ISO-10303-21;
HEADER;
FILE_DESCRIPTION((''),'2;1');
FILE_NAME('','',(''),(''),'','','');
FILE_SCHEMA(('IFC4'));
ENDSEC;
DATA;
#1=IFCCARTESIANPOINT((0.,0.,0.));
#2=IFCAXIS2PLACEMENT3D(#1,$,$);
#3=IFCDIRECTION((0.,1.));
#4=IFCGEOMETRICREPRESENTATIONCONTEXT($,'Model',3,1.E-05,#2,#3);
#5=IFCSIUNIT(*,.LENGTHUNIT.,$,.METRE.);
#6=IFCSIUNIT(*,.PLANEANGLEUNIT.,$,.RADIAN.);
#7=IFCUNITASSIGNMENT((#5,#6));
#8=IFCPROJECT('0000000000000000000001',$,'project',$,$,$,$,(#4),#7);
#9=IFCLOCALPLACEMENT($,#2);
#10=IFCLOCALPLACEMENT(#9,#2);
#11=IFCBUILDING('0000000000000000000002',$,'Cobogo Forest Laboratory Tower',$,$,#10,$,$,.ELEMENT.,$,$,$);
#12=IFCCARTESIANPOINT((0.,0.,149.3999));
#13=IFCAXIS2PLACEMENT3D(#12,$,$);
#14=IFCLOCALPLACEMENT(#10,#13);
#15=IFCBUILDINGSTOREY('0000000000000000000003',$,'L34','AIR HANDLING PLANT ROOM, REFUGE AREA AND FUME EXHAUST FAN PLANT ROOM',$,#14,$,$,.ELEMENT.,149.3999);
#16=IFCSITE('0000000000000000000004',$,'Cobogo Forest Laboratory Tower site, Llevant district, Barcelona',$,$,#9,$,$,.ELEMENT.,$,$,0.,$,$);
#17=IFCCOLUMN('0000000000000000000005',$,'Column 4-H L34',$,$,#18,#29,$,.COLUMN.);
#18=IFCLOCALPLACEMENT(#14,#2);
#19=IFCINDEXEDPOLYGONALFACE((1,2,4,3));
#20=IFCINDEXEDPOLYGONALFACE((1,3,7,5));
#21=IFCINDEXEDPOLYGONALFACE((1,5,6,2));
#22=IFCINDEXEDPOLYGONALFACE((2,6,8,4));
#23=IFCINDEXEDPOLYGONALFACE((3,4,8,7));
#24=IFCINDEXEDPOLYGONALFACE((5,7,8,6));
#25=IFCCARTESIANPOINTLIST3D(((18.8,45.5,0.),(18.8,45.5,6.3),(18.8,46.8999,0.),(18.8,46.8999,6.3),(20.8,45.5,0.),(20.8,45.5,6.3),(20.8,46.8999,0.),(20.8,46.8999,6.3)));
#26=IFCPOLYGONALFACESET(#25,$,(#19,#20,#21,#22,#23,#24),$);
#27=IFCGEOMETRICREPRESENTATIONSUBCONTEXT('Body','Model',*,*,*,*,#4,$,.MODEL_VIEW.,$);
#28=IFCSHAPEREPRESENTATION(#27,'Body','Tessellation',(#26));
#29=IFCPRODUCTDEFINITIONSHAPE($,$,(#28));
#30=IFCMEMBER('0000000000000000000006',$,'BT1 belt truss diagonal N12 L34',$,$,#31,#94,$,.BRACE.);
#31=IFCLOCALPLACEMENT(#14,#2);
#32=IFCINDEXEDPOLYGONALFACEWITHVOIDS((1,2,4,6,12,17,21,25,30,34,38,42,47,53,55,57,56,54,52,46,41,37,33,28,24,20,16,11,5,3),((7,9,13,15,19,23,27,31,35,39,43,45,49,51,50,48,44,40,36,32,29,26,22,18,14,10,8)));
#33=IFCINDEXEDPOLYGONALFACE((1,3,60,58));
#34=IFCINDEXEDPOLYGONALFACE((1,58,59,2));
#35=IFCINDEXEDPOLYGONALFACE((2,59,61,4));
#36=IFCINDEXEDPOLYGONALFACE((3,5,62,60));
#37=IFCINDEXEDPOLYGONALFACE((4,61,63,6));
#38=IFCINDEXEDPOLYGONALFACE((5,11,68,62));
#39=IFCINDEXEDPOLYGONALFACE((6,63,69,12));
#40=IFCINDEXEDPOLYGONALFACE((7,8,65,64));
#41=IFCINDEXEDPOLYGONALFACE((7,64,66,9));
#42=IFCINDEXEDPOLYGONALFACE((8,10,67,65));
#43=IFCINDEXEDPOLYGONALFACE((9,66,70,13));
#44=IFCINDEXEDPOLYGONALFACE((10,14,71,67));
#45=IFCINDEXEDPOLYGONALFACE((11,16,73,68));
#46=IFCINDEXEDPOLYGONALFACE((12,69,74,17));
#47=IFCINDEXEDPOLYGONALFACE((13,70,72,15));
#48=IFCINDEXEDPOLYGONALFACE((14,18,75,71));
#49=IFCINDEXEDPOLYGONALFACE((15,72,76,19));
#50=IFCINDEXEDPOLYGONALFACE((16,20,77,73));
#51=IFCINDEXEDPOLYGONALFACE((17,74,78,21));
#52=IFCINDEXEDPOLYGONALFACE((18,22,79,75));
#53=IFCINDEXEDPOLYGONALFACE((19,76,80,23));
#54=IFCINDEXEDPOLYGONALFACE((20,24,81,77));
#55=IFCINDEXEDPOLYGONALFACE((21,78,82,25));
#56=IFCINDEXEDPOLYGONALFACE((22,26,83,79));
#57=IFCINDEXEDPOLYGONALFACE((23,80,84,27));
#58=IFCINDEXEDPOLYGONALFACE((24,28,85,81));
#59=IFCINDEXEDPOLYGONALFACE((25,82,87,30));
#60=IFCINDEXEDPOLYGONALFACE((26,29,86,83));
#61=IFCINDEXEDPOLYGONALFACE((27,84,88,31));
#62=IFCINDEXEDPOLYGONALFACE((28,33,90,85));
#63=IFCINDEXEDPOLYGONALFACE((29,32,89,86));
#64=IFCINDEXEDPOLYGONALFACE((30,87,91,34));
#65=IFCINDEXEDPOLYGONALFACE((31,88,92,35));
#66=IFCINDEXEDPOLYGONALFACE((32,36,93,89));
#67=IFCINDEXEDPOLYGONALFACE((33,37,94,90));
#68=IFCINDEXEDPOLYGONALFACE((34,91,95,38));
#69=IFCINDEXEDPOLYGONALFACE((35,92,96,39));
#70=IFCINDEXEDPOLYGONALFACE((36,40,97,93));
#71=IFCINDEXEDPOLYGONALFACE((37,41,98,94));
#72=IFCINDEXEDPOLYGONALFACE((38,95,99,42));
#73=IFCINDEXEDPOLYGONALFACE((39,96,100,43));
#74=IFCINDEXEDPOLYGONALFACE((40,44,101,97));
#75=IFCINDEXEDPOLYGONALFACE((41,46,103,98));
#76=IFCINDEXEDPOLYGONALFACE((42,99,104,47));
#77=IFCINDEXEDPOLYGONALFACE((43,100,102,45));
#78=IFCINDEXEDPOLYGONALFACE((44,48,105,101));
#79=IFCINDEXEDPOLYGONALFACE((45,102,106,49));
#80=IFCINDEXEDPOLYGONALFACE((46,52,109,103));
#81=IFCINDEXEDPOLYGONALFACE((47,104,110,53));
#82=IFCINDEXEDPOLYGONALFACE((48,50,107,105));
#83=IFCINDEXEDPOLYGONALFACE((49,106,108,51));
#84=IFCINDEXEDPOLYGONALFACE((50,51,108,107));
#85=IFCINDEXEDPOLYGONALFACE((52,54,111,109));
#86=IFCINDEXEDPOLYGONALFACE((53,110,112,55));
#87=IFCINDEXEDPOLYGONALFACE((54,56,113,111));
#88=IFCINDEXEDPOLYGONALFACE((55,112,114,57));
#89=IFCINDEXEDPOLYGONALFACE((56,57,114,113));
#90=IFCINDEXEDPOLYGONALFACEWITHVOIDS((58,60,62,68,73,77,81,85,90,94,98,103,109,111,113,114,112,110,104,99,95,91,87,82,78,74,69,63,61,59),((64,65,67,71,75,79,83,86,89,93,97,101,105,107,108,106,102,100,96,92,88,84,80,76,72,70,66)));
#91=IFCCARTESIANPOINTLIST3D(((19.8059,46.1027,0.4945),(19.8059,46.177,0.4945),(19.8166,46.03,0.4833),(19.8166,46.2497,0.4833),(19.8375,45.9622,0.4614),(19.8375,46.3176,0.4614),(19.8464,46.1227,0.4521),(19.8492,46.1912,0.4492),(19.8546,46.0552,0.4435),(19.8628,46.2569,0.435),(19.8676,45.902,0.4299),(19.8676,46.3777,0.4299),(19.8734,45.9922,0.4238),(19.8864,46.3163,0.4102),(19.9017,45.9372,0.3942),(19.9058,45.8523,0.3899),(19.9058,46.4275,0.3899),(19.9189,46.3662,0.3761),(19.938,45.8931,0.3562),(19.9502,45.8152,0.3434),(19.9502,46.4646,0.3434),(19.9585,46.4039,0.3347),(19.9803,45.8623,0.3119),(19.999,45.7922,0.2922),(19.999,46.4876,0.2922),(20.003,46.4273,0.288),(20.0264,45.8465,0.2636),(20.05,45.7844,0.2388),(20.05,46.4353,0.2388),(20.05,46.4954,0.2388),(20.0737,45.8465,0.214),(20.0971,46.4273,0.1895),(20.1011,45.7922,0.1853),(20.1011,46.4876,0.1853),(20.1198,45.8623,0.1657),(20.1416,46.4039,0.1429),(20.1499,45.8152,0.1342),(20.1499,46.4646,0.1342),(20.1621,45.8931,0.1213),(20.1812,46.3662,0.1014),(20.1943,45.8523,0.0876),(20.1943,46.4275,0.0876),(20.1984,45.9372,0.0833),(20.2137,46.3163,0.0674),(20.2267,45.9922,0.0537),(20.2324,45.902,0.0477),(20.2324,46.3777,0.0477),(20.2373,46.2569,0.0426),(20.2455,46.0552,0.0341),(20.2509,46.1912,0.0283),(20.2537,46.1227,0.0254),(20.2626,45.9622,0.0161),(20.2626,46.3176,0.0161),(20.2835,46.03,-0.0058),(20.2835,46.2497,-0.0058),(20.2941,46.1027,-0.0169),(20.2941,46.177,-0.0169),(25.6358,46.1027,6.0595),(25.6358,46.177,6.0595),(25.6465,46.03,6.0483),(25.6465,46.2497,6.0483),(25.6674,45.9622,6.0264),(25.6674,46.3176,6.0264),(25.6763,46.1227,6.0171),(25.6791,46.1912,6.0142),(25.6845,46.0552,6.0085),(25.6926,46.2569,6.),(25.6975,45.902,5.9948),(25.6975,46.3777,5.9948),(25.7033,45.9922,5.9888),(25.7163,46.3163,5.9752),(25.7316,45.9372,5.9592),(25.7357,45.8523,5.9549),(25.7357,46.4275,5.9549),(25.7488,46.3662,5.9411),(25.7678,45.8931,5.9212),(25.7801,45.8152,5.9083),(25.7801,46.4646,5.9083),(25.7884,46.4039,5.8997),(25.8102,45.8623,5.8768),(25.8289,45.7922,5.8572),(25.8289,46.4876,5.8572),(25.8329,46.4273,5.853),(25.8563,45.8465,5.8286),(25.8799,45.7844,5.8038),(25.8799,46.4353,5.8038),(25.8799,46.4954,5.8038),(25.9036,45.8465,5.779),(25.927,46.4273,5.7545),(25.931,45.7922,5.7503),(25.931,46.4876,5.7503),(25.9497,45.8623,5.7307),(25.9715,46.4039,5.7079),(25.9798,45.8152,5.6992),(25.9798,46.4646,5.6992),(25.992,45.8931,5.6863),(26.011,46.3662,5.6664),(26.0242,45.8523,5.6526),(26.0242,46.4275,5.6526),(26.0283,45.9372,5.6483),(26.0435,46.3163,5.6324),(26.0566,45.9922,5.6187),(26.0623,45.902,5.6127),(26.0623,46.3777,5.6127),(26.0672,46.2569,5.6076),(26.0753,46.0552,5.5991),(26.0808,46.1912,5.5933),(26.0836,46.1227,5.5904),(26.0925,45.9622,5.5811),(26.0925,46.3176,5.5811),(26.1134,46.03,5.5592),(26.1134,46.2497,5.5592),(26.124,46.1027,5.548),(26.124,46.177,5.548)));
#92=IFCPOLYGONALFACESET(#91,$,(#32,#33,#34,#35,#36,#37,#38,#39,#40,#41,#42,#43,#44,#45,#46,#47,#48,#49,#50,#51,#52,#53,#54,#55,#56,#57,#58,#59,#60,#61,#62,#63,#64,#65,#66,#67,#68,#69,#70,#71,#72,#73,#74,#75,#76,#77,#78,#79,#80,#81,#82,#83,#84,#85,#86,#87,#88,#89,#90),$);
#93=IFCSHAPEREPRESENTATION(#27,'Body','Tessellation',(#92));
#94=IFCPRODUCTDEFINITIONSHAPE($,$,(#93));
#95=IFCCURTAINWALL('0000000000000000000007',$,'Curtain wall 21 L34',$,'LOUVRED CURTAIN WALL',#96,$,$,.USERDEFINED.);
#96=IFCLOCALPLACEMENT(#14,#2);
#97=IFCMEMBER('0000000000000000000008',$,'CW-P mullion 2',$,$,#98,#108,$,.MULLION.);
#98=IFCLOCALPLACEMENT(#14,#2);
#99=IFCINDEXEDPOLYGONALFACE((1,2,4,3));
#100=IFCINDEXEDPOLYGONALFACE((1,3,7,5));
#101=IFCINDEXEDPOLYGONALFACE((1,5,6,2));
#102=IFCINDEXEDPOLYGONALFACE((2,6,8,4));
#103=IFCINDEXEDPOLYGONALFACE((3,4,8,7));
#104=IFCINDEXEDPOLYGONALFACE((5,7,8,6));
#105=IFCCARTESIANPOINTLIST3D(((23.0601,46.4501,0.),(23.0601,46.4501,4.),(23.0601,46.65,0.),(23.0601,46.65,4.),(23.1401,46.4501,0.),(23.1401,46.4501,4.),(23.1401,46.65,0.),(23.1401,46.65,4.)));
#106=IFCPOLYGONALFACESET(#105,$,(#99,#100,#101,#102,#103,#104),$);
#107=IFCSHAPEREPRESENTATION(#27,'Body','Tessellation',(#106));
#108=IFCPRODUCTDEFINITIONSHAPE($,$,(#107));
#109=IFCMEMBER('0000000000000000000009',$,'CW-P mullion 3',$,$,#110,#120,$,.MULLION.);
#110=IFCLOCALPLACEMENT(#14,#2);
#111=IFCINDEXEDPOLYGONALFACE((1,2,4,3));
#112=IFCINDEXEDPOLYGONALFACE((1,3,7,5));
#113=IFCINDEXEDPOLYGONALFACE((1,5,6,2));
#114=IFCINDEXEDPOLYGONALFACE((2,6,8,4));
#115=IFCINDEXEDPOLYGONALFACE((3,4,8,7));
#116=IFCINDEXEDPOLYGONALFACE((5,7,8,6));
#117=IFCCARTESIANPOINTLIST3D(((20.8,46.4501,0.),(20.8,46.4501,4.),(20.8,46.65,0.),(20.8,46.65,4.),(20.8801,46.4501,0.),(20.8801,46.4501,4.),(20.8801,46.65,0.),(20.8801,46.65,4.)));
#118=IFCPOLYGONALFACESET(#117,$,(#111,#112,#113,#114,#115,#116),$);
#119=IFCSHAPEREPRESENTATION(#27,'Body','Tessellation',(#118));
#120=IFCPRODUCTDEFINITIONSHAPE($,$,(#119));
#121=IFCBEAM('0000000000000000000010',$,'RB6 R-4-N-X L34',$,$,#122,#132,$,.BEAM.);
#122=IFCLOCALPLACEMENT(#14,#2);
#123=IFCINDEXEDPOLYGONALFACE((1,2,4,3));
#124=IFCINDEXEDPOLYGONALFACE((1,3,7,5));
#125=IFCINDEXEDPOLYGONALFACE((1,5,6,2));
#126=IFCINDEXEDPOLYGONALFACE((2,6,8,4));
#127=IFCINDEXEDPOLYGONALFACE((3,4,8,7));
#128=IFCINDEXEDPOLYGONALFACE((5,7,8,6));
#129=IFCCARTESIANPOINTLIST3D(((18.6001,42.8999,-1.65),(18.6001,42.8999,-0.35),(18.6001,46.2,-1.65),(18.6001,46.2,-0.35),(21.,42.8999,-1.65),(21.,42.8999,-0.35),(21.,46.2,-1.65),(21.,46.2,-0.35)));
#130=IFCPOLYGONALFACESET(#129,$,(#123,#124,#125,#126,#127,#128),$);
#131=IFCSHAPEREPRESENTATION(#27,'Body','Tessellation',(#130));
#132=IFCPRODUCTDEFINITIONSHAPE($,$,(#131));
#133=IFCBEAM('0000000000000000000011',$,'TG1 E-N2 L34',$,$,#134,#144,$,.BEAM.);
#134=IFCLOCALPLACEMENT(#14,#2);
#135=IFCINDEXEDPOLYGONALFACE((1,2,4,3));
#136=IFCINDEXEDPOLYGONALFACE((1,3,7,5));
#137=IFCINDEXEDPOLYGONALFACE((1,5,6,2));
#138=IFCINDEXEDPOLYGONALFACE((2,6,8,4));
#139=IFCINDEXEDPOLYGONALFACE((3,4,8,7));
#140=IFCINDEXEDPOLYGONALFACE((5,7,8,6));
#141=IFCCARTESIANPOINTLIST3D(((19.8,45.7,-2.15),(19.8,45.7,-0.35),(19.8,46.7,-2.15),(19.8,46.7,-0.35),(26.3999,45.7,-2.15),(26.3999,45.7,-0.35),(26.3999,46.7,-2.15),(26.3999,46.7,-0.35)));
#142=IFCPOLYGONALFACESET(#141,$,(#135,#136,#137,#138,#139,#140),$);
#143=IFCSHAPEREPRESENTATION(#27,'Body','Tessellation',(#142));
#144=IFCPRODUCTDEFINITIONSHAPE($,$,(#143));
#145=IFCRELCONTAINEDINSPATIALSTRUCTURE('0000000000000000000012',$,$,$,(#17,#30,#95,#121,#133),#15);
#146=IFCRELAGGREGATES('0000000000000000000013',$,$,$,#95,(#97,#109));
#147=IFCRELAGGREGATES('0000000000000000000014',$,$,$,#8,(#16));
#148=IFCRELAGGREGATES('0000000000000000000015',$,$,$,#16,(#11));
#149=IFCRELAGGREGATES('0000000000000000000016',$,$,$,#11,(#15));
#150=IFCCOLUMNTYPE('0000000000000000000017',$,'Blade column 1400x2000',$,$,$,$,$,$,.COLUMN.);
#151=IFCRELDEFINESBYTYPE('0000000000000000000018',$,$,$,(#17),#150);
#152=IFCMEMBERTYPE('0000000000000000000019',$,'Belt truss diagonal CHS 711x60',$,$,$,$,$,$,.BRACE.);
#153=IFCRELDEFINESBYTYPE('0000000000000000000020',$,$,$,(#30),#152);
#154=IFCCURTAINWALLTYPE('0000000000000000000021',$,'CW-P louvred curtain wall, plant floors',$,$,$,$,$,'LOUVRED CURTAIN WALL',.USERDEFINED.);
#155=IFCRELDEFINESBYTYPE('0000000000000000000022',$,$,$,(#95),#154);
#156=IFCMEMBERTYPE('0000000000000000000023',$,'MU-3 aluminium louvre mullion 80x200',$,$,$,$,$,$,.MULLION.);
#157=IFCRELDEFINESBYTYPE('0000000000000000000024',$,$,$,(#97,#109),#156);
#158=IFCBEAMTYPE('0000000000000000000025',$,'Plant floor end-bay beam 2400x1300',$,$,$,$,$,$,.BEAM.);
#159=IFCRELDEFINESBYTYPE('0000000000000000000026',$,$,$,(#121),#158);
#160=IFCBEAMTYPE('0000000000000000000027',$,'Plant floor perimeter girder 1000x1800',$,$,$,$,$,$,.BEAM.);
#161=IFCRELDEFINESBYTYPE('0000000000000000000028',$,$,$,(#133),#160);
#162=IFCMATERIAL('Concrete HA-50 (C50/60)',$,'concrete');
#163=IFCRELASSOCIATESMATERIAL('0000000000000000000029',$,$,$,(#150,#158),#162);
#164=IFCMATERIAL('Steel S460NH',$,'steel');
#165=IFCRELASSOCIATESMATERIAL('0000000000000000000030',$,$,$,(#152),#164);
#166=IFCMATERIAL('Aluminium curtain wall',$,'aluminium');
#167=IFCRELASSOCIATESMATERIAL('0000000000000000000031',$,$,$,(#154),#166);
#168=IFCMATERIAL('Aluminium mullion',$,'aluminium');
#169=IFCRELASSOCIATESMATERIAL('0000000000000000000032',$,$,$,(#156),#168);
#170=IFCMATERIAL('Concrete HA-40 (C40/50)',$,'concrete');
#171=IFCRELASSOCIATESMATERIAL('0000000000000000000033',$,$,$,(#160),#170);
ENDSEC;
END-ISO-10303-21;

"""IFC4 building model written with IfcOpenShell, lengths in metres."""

from ifc_helpers import new_model, si_unit, direction, frame, origin, origin_2d, place, context, subcontext, project, spatial, rectangle, hollow_circle, extrude, material, material_profile, profile_set, type_object, element, aggregate, save


model = new_model("IFC4")

# Units and contexts
model_context = context("Model", 3, precision=1e-05, world=origin(), true_north=direction((0.0, 1.0)))
body_context = subcontext(model_context, "Body", "Model", "MODEL_VIEW")
ifc_project = project(units=[si_unit("LENGTHUNIT", "METRE"), si_unit("PLANEANGLEUNIT", "RADIAN")], contexts=[model_context])

# Site, building, storey
site_placement = place(None, origin())
site = spatial("IfcSite", under=ifc_project, at=site_placement, Name="Cobogo Forest Laboratory Tower site, Llevant district, Barcelona", CompositionType="ELEMENT", RefElevation=0.0)
building_placement = place(site_placement, origin())
building = spatial("IfcBuilding", under=site, at=building_placement, Name="Cobogo Forest Laboratory Tower", CompositionType="ELEMENT")
storey_placement = place(building_placement, frame((0.0, 0.0, 149.3999)))
storey = spatial("IfcBuildingStorey", under=building, at=storey_placement, Name="L34", Description="AIR HANDLING PLANT ROOM, REFUGE AREA AND FUME EXHAUST FAN PLANT ROOM", CompositionType="ELEMENT", Elevation=149.3999)

# Column
ifc_material_1 = material(Name="Concrete HA-50 (C50/60)", Category="concrete")
ifc_material_profile_1 = material_profile(ifc_material_1, rectangle(XDim=2.0, YDim=1.3999, at=origin_2d()), Name="RC 1400x2000")
ifc_profile_set_1 = profile_set([ifc_material_profile_1], Name="Concrete HA-50 (C50/60)")
column_type = type_object("IfcColumnType", Name="Blade column 1400x2000", PredefinedType="COLUMN", material=ifc_profile_set_1)
column_placement = place(storey_placement, frame((19.8, 46.2, 0.0), z_axis=(0.0, 0.0, 1.0), x_axis=(1.0, 0.0, 0.0)))
element("IfcColumn", 1, at=column_placement, inside=storey, type_object=column_type, Name="Column 4-H L34", PredefinedType="COLUMN", context=body_context, shape_type="SweptSolid", body=[
    extrude(rectangle(XDim=2.0, YDim=1.3999, at=origin_2d()), origin(), (0.0, 0.0, 1.0), 6.3),
])

# Member
ifc_material_2 = material(Name="Steel S460NH", Category="steel")
ifc_material_profile_2 = material_profile(ifc_material_2, hollow_circle(Radius=0.3555, WallThickness=0.0601, at=origin_2d()), Name="CHS 711x60")
ifc_profile_set_2 = profile_set([ifc_material_profile_2], Name="Steel S460NH")
member_type_1 = type_object("IfcMemberType", Name="Belt truss diagonal CHS 711x60", PredefinedType="BRACE", material=ifc_profile_set_2)
member_1_placement = place(storey_placement, frame((20.05, 46.1399, 0.2388), z_axis=(0.723349, 0.0, 0.690482), x_axis=(0.0, 1.0, 0.0)))
element("IfcMember", 2, at=member_1_placement, inside=storey, type_object=member_type_1, Name="BT1 belt truss diagonal N12 L34", PredefinedType="BRACE", context=body_context, shape_type="SweptSolid", body=[
    extrude(hollow_circle(Radius=0.3555, WallThickness=0.0601, at=origin_2d()), origin(), (0.0, 0.0, 1.0), 8.0596),
])

# Curtain wall, members
ifc_material_3 = material(Name="Aluminium curtain wall", Category="aluminium")
curtain_wall_type = type_object("IfcCurtainWallType", Name="CW-P louvred curtain wall, plant floors", ElementType="LOUVRED CURTAIN WALL", PredefinedType="USERDEFINED", material=ifc_material_3)
curtain_wall_placement = place(storey_placement, origin())
curtain_wall = element("IfcCurtainWall", 3, at=curtain_wall_placement, inside=storey, type_object=curtain_wall_type, Name="Curtain wall 21 L34", ObjectType="LOUVRED CURTAIN WALL", PredefinedType="USERDEFINED")
ifc_material_4 = material(Name="Aluminium mullion", Category="aluminium")
ifc_material_profile_3 = material_profile(ifc_material_4, rectangle(XDim=0.0801, YDim=0.2, at=origin_2d()), Name="AL 80x200")
ifc_profile_set_3 = profile_set([ifc_material_profile_3], Name="Aluminium mullion")
member_type_2 = type_object("IfcMemberType", Name="MU-3 aluminium louvre mullion 80x200", PredefinedType="MULLION", material=ifc_profile_set_3)
member_2_placement = place(storey_placement, frame((23.1001, 46.55, 0.0), z_axis=(0.0, 0.0, 1.0), x_axis=(-1.0, 0.0, 0.0)))
member_2 = element("IfcMember", 4, at=member_2_placement, type_object=member_type_2, Name="CW-P mullion 2", PredefinedType="MULLION", context=body_context, shape_type="SweptSolid", body=[
    extrude(rectangle(XDim=0.0801, YDim=0.2, at=origin_2d()), origin(), (0.0, 0.0, 1.0), 4.0),
])
member_3_placement = place(storey_placement, frame((20.8401, 46.55, 0.0), z_axis=(0.0, 0.0, 1.0), x_axis=(-1.0, 0.0, 0.0)))
member_3 = element("IfcMember", 5, at=member_3_placement, type_object=member_type_2, Name="CW-P mullion 3", PredefinedType="MULLION", context=body_context, shape_type="SweptSolid", body=[
    extrude(rectangle(XDim=0.0801, YDim=0.2, at=origin_2d()), origin(), (0.0, 0.0, 1.0), 4.0),
])

# Beams
ifc_material_profile_4 = material_profile(ifc_material_1, rectangle(XDim=2.3999, YDim=1.3, at=origin_2d()), Name="RC 2400x1300")
ifc_profile_set_4 = profile_set([ifc_material_profile_4], Name="Concrete HA-50 (C50/60)")
beam_type_1 = type_object("IfcBeamType", Name="Plant floor end-bay beam 2400x1300", PredefinedType="BEAM", material=ifc_profile_set_4)
beam_1_placement = place(storey_placement, frame((19.8, 46.2, -1.0), z_axis=(0.0, -1.0, 0.0), x_axis=(1.0, 0.0, 0.0)))
element("IfcBeam", 6, at=beam_1_placement, inside=storey, type_object=beam_type_1, Name="RB6 R-4-N-X L34", PredefinedType="BEAM", context=body_context, shape_type="SweptSolid", body=[
    extrude(rectangle(XDim=2.3999, YDim=1.3, at=origin_2d()), origin(), (0.0, 0.0, 1.0), 3.3),
])
ifc_material_5 = material(Name="Concrete HA-40 (C40/50)", Category="concrete")
ifc_material_profile_5 = material_profile(ifc_material_5, rectangle(XDim=1.0, YDim=1.8, at=origin_2d()), Name="RC 1000x1800")
ifc_profile_set_5 = profile_set([ifc_material_profile_5], Name="Concrete HA-40 (C40/50)")
beam_type_2 = type_object("IfcBeamType", Name="Plant floor perimeter girder 1000x1800", PredefinedType="BEAM", material=ifc_profile_set_5)
beam_2_placement = place(storey_placement, frame((19.8, 46.2, -1.25), z_axis=(1.0, 0.0, 0.0), x_axis=(0.0, 1.0, 0.0)))
element("IfcBeam", 7, at=beam_2_placement, inside=storey, type_object=beam_type_2, Name="TG1 E-N2 L34", PredefinedType="BEAM", context=body_context, shape_type="SweptSolid", body=[
    extrude(rectangle(XDim=1.0, YDim=1.8, at=origin_2d()), origin(), (0.0, 0.0, 1.0), 6.5999),
])

aggregate(curtain_wall, [member_2, member_3])

save(model, "model.ifc")
